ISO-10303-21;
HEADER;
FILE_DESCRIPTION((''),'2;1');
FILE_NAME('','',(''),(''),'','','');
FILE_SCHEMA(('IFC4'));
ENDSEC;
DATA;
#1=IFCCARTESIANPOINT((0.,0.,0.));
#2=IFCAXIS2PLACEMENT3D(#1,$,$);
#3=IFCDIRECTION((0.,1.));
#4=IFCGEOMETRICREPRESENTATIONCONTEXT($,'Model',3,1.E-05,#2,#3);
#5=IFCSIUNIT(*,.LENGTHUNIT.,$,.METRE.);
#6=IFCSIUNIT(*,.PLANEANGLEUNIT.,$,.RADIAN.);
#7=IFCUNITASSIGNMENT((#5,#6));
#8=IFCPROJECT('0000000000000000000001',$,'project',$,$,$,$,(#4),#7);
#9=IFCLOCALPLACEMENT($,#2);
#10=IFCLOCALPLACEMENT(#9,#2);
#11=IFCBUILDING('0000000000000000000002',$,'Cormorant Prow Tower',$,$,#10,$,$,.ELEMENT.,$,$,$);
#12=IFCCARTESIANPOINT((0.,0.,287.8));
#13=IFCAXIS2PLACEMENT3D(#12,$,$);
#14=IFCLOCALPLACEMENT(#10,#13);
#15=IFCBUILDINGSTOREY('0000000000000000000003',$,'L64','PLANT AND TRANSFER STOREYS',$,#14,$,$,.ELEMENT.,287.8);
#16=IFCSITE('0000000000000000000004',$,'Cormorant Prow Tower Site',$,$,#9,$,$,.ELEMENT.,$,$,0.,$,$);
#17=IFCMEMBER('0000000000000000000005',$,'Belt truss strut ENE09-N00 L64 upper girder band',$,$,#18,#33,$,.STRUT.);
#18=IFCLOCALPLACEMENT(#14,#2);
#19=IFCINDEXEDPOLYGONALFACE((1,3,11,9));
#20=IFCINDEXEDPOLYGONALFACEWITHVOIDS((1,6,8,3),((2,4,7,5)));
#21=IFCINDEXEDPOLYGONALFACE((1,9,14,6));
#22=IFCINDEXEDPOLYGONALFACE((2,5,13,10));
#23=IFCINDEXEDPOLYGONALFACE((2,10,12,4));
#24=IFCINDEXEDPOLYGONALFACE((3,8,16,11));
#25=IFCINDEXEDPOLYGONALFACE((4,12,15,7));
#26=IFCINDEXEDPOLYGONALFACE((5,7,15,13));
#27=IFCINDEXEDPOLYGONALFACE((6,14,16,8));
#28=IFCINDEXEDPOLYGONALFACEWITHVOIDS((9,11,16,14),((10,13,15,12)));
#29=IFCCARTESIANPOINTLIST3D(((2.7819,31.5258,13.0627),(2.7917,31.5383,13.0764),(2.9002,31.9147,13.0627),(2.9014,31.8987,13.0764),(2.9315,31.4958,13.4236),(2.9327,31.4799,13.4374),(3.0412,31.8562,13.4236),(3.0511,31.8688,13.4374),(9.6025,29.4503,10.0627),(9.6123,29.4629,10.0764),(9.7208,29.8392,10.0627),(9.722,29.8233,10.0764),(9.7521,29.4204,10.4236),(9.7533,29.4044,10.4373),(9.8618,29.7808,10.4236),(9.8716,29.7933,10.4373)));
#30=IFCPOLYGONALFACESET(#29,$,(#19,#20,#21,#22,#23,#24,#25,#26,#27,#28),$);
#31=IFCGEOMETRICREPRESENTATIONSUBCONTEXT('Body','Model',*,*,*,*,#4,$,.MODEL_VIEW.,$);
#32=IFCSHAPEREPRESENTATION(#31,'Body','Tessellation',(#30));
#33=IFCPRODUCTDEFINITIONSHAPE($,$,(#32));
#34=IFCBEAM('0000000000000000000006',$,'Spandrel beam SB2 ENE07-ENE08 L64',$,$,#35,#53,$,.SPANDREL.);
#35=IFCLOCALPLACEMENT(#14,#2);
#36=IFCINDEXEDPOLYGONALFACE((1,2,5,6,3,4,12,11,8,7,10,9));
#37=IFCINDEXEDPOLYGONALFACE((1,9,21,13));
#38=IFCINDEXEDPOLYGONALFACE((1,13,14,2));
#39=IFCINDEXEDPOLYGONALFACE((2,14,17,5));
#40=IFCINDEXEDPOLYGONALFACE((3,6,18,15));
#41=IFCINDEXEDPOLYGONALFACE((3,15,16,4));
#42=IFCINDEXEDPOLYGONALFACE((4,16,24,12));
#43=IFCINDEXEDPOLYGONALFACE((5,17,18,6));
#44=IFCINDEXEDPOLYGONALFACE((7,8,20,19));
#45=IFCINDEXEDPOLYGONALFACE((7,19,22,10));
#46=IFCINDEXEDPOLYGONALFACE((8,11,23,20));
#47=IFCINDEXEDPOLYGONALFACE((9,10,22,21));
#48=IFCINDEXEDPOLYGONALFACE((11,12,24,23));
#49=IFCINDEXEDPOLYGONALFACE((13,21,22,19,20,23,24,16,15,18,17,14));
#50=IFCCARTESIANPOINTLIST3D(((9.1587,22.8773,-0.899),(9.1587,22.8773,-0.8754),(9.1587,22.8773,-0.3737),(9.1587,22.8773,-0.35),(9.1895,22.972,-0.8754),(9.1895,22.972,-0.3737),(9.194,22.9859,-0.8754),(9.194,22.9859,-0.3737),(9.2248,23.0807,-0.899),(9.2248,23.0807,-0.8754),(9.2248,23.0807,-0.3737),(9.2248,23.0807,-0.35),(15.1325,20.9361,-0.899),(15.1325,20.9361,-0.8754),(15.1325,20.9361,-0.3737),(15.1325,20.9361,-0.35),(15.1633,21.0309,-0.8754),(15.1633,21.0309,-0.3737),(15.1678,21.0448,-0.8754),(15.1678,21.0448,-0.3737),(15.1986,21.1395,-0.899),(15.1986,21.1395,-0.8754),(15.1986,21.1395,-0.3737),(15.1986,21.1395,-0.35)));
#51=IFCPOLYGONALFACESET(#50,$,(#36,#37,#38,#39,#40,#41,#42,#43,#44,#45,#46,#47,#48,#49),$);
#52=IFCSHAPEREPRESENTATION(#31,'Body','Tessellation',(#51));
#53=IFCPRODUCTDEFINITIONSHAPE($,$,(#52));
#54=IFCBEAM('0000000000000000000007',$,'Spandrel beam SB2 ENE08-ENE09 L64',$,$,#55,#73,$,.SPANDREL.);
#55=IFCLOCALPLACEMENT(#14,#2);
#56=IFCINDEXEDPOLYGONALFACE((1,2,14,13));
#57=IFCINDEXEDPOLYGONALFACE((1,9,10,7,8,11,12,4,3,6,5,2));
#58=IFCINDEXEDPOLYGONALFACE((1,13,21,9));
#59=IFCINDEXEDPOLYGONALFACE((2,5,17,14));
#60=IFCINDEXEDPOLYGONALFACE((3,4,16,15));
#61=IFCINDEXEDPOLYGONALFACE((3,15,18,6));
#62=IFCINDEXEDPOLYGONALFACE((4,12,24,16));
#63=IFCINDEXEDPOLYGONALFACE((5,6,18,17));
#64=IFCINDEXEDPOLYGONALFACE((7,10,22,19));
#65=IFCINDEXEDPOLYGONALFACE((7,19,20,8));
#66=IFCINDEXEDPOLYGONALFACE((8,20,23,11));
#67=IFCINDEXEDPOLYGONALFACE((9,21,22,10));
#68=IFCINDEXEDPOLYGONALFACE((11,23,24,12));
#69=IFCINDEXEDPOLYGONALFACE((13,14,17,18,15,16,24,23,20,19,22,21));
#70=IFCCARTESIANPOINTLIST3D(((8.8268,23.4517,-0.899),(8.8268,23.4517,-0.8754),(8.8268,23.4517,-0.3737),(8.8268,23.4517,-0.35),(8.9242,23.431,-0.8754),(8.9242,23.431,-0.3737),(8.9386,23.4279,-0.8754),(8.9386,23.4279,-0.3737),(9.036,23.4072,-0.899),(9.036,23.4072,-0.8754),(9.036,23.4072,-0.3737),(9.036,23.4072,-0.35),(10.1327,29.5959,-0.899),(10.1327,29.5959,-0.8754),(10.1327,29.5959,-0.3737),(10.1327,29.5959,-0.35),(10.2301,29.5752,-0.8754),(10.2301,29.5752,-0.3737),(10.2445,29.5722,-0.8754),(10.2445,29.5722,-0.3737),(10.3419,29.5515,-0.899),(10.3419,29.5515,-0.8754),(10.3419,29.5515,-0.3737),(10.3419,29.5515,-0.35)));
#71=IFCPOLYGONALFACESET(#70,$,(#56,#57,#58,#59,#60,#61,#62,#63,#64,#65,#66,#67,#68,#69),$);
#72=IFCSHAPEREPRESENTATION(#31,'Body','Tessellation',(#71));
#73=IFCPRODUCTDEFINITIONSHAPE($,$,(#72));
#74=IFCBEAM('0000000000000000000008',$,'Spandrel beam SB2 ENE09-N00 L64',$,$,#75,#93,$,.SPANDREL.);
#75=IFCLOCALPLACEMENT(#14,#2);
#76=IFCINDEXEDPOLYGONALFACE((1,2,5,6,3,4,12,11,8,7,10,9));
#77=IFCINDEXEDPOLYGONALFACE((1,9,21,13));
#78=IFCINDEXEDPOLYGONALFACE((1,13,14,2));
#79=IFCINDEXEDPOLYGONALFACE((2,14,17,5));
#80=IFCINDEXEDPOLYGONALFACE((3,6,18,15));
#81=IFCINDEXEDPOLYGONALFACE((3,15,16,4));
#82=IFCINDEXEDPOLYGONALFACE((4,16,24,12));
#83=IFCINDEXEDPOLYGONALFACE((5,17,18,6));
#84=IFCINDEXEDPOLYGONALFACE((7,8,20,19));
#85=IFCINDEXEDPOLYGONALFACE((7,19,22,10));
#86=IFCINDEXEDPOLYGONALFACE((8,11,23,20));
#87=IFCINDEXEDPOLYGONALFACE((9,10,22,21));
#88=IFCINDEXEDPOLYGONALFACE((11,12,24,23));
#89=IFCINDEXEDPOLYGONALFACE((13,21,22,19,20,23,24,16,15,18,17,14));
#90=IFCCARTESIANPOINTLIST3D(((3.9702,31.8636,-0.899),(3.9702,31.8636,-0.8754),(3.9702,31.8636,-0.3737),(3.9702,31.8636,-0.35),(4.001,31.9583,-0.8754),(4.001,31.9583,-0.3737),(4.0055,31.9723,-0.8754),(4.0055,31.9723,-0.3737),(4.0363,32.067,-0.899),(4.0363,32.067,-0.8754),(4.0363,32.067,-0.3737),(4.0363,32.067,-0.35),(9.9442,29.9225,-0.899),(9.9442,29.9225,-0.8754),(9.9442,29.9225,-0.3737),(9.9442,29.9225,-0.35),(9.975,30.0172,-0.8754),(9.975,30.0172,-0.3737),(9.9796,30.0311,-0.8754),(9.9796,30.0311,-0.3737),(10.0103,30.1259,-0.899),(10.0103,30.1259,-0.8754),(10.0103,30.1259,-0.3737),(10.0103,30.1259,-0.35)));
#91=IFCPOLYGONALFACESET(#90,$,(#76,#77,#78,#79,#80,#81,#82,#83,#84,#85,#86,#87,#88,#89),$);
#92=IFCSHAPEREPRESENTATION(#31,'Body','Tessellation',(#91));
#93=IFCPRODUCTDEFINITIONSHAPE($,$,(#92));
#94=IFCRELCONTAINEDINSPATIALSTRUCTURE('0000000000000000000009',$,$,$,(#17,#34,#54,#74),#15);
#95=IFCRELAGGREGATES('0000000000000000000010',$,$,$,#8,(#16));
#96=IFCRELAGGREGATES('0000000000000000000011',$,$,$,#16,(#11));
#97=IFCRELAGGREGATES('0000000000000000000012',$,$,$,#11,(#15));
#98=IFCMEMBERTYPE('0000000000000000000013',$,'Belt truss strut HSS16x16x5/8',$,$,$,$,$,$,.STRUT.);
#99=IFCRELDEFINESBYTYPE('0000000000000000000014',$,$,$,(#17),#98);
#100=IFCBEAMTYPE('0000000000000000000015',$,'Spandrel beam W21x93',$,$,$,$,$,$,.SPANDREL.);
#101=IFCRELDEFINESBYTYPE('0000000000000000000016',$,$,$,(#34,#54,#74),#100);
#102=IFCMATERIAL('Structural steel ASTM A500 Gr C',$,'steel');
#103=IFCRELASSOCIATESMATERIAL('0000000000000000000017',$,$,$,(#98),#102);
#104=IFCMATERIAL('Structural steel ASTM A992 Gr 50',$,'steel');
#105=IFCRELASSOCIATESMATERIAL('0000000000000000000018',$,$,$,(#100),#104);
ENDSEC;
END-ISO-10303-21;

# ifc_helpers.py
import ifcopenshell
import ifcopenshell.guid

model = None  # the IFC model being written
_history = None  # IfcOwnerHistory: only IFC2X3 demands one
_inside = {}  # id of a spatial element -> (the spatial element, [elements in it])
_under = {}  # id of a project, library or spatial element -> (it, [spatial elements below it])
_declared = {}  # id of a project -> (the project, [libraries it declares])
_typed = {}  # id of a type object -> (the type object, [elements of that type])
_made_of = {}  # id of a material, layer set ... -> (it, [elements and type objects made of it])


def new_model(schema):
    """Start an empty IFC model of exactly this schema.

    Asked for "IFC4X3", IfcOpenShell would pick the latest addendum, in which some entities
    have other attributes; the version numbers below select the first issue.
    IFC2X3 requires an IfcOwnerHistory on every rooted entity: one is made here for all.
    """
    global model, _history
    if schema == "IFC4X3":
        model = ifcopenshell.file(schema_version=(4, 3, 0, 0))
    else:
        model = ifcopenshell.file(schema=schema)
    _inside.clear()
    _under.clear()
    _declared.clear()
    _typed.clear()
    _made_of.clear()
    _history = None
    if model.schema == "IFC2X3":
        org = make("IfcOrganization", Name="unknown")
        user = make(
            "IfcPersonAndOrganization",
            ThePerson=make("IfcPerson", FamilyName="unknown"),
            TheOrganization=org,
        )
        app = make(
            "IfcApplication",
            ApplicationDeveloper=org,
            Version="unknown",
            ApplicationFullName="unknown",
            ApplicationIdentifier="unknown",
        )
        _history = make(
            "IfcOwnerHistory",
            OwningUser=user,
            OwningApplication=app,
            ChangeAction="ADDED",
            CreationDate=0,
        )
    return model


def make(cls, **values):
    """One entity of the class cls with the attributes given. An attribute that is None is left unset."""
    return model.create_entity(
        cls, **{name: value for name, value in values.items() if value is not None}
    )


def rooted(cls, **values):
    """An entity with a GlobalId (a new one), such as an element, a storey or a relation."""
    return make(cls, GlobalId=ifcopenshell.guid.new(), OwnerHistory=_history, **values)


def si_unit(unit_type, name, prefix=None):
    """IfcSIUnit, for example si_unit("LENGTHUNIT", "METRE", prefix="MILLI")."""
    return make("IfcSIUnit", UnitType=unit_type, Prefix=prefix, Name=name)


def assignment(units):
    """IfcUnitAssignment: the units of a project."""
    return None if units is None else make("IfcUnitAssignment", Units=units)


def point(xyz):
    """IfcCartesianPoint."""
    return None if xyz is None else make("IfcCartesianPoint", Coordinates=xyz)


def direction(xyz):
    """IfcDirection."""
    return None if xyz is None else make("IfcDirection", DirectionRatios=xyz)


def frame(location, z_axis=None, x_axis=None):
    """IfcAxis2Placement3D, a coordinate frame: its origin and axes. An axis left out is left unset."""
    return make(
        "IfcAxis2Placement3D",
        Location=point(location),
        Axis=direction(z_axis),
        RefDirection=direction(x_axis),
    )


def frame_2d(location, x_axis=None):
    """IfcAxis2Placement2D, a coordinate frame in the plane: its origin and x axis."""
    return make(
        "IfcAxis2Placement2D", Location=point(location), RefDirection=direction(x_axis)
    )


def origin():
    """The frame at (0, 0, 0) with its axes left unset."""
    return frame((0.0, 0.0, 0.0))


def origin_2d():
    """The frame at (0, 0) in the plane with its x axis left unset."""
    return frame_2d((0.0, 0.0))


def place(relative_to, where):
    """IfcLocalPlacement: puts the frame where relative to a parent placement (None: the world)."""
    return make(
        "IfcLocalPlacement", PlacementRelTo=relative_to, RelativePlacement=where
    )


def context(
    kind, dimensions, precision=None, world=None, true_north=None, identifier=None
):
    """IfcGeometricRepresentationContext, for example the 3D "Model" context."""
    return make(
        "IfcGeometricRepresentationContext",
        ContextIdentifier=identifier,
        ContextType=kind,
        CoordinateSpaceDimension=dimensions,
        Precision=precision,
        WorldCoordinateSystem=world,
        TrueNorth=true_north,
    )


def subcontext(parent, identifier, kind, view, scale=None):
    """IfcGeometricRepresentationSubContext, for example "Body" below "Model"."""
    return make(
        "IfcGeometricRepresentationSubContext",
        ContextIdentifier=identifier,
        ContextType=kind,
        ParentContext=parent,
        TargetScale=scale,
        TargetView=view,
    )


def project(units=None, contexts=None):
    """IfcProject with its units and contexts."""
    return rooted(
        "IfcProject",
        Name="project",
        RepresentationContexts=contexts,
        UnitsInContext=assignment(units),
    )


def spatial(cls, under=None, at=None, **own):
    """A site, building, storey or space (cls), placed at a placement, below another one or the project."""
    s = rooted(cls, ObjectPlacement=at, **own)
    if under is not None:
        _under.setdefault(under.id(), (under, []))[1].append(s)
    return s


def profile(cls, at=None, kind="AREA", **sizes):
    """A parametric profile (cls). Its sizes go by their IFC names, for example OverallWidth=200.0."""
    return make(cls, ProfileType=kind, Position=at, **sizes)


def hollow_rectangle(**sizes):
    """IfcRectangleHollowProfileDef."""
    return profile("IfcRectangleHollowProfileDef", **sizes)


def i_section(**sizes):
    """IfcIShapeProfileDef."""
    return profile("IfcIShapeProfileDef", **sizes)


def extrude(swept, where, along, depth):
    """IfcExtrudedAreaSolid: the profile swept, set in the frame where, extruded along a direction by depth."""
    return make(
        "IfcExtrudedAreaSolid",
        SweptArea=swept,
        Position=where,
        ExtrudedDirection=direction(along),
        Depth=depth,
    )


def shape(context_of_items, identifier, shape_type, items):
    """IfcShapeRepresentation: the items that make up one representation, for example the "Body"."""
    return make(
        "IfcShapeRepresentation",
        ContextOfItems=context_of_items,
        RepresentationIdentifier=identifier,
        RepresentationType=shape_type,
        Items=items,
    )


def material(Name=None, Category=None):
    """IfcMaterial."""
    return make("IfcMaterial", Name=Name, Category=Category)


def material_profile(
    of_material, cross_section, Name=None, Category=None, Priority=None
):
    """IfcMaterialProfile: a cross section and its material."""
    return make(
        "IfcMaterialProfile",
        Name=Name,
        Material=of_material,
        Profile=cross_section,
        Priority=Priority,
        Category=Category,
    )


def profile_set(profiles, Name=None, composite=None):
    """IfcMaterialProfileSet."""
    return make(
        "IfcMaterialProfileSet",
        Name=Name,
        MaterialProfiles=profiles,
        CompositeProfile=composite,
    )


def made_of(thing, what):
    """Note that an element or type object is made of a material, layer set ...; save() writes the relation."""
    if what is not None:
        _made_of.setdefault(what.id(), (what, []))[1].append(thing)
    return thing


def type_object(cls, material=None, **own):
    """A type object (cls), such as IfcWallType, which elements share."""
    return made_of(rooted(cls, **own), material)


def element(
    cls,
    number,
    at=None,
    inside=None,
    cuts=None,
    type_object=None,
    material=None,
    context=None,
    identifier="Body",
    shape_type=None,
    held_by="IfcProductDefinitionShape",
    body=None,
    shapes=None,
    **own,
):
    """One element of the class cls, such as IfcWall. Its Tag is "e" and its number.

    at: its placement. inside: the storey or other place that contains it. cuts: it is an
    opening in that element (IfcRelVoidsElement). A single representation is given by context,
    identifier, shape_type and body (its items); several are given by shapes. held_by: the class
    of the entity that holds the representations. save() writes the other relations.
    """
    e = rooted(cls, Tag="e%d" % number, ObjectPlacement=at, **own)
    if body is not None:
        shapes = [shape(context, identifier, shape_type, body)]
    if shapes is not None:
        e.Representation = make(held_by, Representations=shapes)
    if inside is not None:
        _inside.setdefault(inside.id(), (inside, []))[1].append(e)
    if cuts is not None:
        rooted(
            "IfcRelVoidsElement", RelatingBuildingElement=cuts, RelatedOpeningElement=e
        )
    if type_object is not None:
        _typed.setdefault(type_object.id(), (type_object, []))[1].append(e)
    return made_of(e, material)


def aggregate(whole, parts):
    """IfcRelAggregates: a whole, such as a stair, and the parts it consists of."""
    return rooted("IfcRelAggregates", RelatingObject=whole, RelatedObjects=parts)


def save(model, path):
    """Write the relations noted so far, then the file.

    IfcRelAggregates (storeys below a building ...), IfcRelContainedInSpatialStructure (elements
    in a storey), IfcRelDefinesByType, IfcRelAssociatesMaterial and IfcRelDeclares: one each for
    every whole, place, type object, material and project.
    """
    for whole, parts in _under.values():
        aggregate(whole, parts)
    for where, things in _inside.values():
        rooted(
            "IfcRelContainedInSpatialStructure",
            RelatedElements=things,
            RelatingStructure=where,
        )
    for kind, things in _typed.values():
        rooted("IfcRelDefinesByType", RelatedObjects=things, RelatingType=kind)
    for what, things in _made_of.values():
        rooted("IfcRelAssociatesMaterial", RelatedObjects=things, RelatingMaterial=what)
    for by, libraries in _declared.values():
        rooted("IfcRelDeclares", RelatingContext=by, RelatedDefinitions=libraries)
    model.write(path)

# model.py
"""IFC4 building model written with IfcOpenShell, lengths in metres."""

from ifc_helpers import new_model, si_unit, direction, frame, origin, origin_2d, place, context, subcontext, project, spatial, hollow_rectangle, i_section, extrude, material, material_profile, profile_set, type_object, element, save


model = new_model("IFC4")

# Units and contexts
model_context = context("Model", 3, precision=1e-05, world=origin(), true_north=direction((0.0, 1.0)))
body_context = subcontext(model_context, "Body", "Model", "MODEL_VIEW")
ifc_project = project(units=[si_unit("LENGTHUNIT", "METRE"), si_unit("PLANEANGLEUNIT", "RADIAN")], contexts=[model_context])

# Site, building, storey
site_placement = place(None, origin())
site = spatial("IfcSite", under=ifc_project, at=site_placement, Name="Cormorant Prow Tower Site", CompositionType="ELEMENT", RefElevation=0.0)
building_placement = place(site_placement, origin())
building = spatial("IfcBuilding", under=site, at=building_placement, Name="Cormorant Prow Tower", CompositionType="ELEMENT")
storey_placement = place(building_placement, frame((0.0, 0.0, 287.8)))
storey = spatial("IfcBuildingStorey", under=building, at=storey_placement, Name="L64", Description="PLANT AND TRANSFER STOREYS", CompositionType="ELEMENT", Elevation=287.8)

# Member
ifc_material_1 = material(Name="Structural steel ASTM A500 Gr C", Category="steel")
ifc_material_profile_1 = material_profile(ifc_material_1, hollow_rectangle(XDim=0.4065, YDim=0.4065, WallThickness=0.0149, at=origin_2d()), Name="HSS16x16x5/8")
ifc_profile_set_1 = profile_set([ifc_material_profile_1], Name="Structural steel ASTM A500 Gr C")
member_type_1 = type_object("IfcMemberType", Name="Belt truss strut HSS16x16x5/8", PredefinedType="STRUT", material=ifc_profile_set_1)
member_1_placement = place(storey_placement, frame((9.7371, 29.6218, 10.25), z_axis=(-0.881799, 0.268324, 0.387856), x_axis=(-0.291113, -0.956689, 0.0)))
element("IfcMember", 1, at=member_1_placement, inside=storey, type_object=member_type_1, Name="Belt truss strut ENE09-N00 L64 upper girder band", PredefinedType="STRUT", context=body_context, shape_type="SweptSolid", body=[
    extrude(hollow_rectangle(XDim=0.4065, YDim=0.4065, WallThickness=0.0149, at=origin_2d()), origin(), (0.0, 0.0, 1.0), 7.7349),
])

# Beams
ifc_material_2 = material(Name="Structural steel ASTM A992 Gr 50", Category="steel")
ifc_material_profile_2 = material_profile(ifc_material_2, i_section(OverallWidth=0.2139, OverallDepth=0.5491, WebThickness=0.0146, FlangeThickness=0.0237, at=origin_2d()), Name="W21x93")
ifc_profile_set_2 = profile_set([ifc_material_profile_2], Name="Structural steel ASTM A992 Gr 50")
beam_type = type_object("IfcBeamType", Name="Spandrel beam W21x93", PredefinedType="SPANDREL", material=ifc_profile_set_2)
beam_placement = place(storey_placement, frame((15.1655, 21.0378, -0.6245), z_axis=(-0.95105, 0.309036, 0.0), x_axis=(-0.309036, -0.95105, 0.0)))
element("IfcBeam", 2, at=beam_placement, inside=storey, type_object=beam_type, Name="Spandrel beam SB2 ENE07-ENE08 L64", PredefinedType="SPANDREL", context=body_context, shape_type="SweptSolid", body=[
    extrude(i_section(OverallWidth=0.2139, OverallDepth=0.5491, WebThickness=0.0146, FlangeThickness=0.0237, at=origin_2d()), origin(), (0.0, 0.0, 1.0), 6.2812),
])
for number, where, z_axis, x_axis, name in (
    (3, (8.9314, 23.4294, -0.6245), (0.207896, 0.978151, 0.0), (-0.978151, 0.207896, 0.0), "Spandrel beam SB2 ENE08-ENE09 L64"),
    (4, (9.9773, 30.0242, -0.6245), (-0.951054, 0.309025, 0.0), (-0.309025, -0.951054, 0.0), "Spandrel beam SB2 ENE09-N00 L64"),
):
    element("IfcBeam", number, at=place(storey_placement, frame(where, z_axis=z_axis, x_axis=x_axis)), inside=storey, type_object=beam_type, Name=name, PredefinedType="SPANDREL", context=body_context, shape_type="SweptSolid", body=[
        extrude(i_section(OverallWidth=0.2139, OverallDepth=0.5491, WebThickness=0.0146, FlangeThickness=0.0237, at=origin_2d()), origin(), (0.0, 0.0, 1.0), 6.2815),
    ])

save(model, "model.ifc")
